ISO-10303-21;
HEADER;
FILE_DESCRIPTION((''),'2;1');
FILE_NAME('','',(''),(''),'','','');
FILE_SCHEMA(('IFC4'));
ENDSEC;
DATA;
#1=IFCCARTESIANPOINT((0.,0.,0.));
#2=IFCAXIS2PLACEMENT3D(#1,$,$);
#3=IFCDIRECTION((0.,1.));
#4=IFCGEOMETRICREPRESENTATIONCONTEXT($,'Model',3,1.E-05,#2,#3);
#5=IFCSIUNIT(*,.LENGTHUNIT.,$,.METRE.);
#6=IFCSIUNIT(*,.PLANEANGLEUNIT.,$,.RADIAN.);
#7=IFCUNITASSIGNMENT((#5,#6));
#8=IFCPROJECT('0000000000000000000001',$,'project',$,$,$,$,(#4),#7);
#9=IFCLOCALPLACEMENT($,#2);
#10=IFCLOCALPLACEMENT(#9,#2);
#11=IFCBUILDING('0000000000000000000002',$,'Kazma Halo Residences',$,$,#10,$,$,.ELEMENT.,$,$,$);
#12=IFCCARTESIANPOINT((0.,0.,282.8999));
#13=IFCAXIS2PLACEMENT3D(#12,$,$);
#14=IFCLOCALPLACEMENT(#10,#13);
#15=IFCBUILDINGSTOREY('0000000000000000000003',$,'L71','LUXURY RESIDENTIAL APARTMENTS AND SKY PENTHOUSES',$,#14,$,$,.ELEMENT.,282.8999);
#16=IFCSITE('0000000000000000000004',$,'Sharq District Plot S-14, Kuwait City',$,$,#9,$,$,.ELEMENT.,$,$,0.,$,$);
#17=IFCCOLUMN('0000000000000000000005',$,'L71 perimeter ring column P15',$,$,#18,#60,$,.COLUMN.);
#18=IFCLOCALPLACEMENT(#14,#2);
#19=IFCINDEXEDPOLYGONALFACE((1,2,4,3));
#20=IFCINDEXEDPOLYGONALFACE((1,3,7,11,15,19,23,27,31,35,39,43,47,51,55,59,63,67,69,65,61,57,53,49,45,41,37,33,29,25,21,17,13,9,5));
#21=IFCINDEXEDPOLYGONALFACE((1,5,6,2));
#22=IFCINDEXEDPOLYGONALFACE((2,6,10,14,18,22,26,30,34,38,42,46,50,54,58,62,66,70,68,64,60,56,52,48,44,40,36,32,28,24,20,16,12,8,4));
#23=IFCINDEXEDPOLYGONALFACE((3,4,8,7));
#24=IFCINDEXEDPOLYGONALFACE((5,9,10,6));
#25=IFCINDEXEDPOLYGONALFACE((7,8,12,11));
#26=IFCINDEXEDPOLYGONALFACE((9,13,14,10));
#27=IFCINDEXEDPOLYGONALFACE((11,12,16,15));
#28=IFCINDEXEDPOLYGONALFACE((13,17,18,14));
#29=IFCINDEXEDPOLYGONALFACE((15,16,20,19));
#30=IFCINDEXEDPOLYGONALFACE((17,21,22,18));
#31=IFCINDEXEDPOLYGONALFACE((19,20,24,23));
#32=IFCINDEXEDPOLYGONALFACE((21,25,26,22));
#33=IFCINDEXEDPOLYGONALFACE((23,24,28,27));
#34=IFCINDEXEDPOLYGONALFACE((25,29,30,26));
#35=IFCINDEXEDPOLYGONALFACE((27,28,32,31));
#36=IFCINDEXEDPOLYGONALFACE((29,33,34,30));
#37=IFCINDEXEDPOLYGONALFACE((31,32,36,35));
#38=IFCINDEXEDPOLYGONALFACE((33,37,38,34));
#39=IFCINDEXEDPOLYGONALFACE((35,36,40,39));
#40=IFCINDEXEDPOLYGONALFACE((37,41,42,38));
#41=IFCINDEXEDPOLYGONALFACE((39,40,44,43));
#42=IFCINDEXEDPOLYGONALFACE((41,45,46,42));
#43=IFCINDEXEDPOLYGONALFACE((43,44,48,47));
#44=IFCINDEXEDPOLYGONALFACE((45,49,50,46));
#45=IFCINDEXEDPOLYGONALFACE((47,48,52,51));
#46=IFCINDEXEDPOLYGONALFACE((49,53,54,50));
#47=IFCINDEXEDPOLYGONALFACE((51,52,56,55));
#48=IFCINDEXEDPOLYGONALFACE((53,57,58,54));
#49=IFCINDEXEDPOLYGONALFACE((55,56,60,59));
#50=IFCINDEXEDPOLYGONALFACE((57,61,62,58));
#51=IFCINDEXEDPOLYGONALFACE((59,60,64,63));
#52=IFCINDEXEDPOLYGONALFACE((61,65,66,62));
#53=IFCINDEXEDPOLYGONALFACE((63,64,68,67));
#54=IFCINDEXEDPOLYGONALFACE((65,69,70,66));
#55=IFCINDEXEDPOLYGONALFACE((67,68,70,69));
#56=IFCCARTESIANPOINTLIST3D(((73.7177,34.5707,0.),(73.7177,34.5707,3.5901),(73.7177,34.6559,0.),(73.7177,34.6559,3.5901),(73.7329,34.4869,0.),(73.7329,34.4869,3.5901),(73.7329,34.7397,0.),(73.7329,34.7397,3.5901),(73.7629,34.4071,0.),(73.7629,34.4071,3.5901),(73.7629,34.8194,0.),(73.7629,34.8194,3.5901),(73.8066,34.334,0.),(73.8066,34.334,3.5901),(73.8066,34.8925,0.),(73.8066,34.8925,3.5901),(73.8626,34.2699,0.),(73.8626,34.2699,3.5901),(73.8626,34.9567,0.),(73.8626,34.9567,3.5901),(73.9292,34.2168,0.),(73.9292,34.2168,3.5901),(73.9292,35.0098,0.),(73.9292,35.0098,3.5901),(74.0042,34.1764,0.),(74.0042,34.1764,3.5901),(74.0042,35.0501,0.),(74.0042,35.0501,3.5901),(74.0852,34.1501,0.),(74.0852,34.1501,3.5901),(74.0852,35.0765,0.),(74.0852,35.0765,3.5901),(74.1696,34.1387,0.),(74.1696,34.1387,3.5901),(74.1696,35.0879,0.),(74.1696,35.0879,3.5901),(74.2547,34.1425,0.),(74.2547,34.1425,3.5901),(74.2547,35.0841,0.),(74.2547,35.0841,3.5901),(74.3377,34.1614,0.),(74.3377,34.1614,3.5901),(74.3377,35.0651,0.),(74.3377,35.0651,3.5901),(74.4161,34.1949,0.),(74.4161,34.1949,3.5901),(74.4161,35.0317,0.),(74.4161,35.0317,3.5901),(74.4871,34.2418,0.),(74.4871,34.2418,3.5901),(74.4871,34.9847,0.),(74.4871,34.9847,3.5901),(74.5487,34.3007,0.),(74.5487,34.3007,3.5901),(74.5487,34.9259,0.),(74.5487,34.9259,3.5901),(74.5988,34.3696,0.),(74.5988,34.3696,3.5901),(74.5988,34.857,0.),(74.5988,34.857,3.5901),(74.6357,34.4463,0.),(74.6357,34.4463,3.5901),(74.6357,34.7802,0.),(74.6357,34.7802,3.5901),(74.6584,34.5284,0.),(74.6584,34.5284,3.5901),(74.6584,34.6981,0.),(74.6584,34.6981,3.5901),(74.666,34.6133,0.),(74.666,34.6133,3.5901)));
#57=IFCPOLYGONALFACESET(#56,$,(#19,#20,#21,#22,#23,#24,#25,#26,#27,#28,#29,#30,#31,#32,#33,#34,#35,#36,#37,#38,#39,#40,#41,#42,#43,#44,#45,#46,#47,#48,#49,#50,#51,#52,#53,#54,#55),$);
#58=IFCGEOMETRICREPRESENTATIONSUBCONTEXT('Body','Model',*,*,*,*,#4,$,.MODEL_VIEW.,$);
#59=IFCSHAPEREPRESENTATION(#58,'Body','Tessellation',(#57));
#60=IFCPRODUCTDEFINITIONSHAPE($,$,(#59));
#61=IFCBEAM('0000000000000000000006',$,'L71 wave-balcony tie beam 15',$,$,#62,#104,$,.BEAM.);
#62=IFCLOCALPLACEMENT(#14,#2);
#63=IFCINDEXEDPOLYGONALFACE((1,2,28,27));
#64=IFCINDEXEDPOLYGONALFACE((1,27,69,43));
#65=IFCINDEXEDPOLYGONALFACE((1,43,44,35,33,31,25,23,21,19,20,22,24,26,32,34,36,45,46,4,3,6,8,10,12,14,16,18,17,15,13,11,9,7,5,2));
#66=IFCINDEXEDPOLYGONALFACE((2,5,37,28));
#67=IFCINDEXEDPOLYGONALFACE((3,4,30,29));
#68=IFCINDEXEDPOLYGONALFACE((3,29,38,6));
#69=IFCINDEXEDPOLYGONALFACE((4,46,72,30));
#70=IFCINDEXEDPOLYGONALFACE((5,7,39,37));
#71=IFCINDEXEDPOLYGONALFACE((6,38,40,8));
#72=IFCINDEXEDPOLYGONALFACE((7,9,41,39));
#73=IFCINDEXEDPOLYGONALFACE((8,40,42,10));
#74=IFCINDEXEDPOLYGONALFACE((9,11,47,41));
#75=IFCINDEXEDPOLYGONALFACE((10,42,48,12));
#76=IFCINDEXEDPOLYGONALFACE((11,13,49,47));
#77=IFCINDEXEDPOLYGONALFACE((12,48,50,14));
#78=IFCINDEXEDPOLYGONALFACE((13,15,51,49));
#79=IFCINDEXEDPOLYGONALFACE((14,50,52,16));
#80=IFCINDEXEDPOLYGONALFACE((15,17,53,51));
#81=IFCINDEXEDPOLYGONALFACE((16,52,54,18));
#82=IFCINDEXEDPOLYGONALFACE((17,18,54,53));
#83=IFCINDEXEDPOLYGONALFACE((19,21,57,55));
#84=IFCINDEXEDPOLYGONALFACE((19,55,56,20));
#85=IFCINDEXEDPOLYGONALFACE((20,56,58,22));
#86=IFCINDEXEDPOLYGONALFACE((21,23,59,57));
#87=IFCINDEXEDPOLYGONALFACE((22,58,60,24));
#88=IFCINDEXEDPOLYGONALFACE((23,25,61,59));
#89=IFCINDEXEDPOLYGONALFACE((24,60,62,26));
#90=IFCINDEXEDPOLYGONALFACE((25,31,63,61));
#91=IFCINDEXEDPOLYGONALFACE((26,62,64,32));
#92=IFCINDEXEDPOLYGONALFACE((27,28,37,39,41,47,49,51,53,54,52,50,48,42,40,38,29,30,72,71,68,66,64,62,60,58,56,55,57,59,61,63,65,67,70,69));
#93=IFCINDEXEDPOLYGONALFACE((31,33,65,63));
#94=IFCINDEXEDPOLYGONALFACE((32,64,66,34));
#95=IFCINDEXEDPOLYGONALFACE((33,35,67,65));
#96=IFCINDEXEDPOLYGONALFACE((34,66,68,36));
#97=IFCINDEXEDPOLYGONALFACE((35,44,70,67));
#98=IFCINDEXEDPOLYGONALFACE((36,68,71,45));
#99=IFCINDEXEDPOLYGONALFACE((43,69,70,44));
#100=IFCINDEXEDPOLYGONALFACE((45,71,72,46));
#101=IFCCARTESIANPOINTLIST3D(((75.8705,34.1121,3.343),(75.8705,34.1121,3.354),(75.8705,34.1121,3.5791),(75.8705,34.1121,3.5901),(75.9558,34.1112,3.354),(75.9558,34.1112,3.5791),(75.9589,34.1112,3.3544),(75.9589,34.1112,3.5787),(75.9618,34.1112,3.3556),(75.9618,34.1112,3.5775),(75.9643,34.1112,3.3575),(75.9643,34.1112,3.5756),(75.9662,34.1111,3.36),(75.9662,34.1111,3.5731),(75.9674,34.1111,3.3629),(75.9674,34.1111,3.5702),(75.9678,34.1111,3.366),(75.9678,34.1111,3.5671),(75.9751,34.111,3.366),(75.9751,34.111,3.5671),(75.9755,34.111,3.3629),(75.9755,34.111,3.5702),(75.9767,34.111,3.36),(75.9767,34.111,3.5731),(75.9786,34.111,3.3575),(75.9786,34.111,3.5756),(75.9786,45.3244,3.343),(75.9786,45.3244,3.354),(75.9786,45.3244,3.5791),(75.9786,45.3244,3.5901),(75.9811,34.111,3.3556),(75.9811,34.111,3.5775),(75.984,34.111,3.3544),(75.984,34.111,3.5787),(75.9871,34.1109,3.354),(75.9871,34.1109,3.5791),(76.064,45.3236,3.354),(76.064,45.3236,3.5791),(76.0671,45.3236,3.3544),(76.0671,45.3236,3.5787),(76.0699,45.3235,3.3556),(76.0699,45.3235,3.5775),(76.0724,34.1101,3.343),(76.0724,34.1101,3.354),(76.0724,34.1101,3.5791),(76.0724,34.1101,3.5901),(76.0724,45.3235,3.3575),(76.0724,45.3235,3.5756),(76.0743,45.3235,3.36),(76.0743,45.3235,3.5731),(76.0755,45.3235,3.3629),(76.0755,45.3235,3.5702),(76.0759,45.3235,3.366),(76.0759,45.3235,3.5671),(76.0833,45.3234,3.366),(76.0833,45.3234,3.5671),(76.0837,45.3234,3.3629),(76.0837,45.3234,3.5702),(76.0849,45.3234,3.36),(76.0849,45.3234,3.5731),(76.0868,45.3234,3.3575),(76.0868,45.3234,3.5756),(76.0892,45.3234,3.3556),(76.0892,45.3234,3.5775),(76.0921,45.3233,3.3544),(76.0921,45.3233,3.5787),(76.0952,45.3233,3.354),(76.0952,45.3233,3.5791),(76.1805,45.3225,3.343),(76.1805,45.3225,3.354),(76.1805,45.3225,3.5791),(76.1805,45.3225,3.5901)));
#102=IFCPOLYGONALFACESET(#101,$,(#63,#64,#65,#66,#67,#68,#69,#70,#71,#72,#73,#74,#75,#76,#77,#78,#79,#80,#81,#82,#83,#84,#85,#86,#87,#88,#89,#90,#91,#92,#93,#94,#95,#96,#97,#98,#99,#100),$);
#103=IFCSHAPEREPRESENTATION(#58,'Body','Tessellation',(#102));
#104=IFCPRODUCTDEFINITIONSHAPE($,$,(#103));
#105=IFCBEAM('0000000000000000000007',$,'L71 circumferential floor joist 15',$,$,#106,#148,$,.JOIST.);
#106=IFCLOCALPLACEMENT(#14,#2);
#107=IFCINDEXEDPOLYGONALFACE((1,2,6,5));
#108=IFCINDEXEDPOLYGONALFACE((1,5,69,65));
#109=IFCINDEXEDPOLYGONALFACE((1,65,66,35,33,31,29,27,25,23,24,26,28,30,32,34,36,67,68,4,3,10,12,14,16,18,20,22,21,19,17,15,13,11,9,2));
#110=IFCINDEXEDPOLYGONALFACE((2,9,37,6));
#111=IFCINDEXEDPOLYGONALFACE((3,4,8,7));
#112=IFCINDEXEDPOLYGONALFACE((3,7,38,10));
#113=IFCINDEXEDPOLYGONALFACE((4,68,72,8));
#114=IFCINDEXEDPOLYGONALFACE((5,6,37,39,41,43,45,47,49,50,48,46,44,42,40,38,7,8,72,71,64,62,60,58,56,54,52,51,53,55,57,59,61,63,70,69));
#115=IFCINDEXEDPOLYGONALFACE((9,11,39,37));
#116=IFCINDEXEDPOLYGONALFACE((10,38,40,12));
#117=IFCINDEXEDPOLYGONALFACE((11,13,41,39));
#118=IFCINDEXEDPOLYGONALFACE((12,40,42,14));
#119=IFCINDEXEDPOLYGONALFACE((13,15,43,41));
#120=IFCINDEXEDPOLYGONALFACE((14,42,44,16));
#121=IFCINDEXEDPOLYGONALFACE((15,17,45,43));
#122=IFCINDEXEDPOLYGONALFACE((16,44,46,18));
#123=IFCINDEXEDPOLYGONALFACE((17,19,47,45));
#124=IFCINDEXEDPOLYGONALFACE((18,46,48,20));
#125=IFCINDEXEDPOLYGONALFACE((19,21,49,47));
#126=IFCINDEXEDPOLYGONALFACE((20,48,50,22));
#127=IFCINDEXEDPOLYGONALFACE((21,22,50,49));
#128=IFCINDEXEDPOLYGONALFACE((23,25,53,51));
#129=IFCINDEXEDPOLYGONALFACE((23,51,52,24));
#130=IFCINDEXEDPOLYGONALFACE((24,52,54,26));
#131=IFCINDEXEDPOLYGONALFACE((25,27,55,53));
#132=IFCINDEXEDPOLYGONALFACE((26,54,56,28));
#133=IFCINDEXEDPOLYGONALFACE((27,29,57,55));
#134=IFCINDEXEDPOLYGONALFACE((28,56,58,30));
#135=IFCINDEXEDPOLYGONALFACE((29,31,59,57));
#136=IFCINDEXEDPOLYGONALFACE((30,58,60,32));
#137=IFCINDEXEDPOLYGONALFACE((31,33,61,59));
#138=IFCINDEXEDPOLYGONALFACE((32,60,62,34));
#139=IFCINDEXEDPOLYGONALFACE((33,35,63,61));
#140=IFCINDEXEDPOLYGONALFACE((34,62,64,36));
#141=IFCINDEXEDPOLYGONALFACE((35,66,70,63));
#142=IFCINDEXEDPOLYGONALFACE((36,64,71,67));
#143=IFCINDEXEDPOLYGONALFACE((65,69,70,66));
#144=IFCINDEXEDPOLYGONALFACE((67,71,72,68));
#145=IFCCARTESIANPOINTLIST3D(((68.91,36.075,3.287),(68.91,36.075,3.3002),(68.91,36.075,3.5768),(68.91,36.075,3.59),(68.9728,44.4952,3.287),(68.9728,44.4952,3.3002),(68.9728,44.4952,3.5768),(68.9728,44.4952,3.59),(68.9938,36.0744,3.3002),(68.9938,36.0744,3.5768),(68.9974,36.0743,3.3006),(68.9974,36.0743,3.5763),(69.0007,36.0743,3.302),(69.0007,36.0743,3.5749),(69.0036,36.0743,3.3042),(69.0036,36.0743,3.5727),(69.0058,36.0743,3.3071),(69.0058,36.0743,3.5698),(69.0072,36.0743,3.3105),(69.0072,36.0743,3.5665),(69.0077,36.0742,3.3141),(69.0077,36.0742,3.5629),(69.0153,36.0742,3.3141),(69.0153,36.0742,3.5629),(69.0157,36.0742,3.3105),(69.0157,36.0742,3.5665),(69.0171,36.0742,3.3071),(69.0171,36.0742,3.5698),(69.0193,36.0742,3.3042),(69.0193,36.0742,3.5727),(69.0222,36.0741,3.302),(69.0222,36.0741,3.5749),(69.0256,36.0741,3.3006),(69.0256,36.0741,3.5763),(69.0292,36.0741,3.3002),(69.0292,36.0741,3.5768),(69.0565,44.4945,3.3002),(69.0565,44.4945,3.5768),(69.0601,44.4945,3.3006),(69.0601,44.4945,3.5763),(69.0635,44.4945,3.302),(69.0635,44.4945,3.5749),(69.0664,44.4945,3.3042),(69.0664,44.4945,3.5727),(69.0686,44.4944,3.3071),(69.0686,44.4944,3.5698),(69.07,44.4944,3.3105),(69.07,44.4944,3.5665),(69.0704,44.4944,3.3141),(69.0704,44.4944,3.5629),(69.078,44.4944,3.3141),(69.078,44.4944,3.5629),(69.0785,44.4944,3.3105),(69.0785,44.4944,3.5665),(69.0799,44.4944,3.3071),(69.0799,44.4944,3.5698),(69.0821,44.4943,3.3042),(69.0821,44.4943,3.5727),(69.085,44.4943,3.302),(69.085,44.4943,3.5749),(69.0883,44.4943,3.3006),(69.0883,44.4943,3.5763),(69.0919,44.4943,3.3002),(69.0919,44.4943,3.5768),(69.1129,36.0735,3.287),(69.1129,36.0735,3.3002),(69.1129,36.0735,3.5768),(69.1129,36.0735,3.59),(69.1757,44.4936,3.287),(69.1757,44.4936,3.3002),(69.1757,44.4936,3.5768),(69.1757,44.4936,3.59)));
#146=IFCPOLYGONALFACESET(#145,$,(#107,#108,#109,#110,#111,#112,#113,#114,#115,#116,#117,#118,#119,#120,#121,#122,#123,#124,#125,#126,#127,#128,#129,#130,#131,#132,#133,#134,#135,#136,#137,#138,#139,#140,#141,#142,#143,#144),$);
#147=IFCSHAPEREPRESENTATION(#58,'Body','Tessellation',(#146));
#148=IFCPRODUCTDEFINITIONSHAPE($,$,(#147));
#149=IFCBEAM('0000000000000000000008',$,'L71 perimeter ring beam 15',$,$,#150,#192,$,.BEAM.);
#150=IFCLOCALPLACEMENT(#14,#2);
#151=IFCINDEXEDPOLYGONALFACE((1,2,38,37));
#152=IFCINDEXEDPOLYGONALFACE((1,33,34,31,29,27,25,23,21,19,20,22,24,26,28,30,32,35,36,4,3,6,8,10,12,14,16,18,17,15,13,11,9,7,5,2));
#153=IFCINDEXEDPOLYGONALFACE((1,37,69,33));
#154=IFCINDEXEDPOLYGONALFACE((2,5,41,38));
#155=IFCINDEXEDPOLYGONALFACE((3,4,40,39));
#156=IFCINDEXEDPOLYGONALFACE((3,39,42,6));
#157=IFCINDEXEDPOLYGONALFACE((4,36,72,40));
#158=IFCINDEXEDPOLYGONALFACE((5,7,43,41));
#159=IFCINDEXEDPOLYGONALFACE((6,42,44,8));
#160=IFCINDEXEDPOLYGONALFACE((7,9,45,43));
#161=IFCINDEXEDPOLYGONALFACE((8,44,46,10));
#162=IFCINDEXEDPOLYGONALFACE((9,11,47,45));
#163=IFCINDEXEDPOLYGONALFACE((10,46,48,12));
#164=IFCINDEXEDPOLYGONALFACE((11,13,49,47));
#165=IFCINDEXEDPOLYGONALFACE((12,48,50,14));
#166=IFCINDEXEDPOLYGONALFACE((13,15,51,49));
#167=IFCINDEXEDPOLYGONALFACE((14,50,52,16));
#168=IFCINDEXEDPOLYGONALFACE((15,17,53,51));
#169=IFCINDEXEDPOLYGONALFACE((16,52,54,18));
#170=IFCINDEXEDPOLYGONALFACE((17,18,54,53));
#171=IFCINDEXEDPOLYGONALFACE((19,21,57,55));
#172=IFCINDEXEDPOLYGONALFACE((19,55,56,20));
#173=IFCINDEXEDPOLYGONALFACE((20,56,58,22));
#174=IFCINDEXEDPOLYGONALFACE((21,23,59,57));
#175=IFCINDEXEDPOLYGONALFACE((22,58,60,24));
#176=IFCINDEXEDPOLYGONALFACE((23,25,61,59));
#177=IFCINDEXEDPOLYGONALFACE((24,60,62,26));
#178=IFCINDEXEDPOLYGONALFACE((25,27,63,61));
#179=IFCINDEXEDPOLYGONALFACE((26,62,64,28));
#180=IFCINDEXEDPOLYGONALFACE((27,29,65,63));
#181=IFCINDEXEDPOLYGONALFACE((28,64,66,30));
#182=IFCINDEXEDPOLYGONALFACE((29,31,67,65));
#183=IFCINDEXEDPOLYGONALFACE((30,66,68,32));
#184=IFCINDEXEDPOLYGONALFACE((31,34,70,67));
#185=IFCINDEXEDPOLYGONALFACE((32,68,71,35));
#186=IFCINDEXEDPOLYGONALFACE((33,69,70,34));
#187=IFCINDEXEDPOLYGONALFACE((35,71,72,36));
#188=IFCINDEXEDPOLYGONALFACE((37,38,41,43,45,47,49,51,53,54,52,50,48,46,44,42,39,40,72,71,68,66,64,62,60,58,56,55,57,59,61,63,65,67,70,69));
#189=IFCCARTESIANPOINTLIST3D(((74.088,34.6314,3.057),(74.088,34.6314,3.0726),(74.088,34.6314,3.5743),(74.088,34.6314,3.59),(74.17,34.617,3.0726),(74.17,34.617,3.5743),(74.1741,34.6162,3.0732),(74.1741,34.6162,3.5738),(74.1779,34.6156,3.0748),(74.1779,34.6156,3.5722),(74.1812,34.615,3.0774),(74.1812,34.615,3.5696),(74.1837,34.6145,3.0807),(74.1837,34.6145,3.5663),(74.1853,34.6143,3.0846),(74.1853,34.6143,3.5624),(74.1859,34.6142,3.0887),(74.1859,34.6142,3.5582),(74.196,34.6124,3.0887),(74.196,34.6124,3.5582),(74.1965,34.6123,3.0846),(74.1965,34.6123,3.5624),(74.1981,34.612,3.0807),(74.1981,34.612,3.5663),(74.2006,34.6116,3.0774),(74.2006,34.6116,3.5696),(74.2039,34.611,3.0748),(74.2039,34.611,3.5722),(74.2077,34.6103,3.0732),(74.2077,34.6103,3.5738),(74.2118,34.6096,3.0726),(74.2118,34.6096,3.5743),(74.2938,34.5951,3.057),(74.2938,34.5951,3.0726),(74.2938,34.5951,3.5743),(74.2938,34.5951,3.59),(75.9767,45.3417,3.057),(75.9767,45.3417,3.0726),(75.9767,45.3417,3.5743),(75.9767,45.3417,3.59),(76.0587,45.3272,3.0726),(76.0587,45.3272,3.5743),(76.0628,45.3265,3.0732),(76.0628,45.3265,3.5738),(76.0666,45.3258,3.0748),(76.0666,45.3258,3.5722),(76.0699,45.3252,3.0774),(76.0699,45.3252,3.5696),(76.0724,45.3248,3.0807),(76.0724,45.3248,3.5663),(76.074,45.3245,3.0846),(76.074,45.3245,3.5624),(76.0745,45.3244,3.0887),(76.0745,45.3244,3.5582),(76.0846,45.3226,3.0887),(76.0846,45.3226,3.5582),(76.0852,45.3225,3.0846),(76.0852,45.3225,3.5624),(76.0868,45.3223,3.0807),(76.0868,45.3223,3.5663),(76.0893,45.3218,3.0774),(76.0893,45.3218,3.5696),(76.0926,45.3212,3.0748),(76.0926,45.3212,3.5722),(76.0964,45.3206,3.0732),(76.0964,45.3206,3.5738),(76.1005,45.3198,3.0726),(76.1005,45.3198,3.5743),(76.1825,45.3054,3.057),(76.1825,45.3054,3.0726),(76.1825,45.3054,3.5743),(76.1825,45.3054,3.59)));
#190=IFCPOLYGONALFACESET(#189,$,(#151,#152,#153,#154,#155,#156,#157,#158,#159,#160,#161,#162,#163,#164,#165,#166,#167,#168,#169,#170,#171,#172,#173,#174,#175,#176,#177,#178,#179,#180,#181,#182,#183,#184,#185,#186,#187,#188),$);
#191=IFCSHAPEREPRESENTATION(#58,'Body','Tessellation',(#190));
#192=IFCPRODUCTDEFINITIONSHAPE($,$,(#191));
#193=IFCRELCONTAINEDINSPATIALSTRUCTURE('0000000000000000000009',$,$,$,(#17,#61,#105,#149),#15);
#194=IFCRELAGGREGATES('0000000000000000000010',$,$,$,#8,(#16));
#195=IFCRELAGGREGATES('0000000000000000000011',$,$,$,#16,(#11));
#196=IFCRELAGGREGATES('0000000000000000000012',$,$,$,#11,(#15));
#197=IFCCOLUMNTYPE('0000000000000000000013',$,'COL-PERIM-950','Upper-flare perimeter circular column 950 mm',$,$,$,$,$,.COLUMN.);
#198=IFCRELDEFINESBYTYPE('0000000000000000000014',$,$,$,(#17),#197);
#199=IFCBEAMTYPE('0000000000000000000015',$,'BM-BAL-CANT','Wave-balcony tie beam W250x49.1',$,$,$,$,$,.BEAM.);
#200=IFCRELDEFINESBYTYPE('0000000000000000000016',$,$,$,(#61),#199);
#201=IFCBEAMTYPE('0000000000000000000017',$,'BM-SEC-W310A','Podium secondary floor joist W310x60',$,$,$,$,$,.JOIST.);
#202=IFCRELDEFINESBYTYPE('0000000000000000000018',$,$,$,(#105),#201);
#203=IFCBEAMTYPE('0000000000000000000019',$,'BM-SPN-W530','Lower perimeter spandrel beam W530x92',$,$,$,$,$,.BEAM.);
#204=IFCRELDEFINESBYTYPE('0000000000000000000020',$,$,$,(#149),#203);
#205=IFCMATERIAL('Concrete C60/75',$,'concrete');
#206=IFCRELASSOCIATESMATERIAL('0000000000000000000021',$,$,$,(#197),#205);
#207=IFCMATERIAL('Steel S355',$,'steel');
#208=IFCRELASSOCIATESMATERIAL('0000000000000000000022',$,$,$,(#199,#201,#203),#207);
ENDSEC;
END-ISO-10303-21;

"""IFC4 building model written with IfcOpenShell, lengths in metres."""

from ifc_helpers import new_model, si_unit, direction, frame, origin, origin_2d, place, context, subcontext, project, spatial, circle, i_section, extrude, material, material_profile, profile_set, type_object, element, save


model = new_model("IFC4")

# Units and contexts
model_context = context("Model", 3, precision=1e-05, world=origin(), true_north=direction((0.0, 1.0)))
body_context = subcontext(model_context, "Body", "Model", "MODEL_VIEW")
ifc_project = project(units=[si_unit("LENGTHUNIT", "METRE"), si_unit("PLANEANGLEUNIT", "RADIAN")], contexts=[model_context])

# Site, building, storey
site_placement = place(None, origin())
site = spatial("IfcSite", under=ifc_project, at=site_placement, Name="Sharq District Plot S-14, Kuwait City", CompositionType="ELEMENT", RefElevation=0.0)
building_placement = place(site_placement, origin())
building = spatial("IfcBuilding", under=site, at=building_placement, Name="Kazma Halo Residences", CompositionType="ELEMENT")
storey_placement = place(building_placement, frame((0.0, 0.0, 282.8999)))
storey = spatial("IfcBuildingStorey", under=building, at=storey_placement, Name="L71", Description="LUXURY RESIDENTIAL APARTMENTS AND SKY PENTHOUSES", CompositionType="ELEMENT", Elevation=282.8999)

# Column
ifc_material_1 = material(Name="Concrete C60/75", Category="concrete")
ifc_material_profile_1 = material_profile(ifc_material_1, circle(Radius=0.4751, at=origin_2d()), Name="CIRC950")
ifc_profile_set_1 = profile_set([ifc_material_profile_1], Name="Concrete C60/75")
column_type = type_object("IfcColumnType", Name="COL-PERIM-950", Description="Upper-flare perimeter circular column 950 mm", PredefinedType="COLUMN", material=ifc_profile_set_1)
column_placement = place(storey_placement, frame((74.1909, 34.6133, 0.0), z_axis=(0.0, 0.0, 1.0), x_axis=(1.0, 0.0, 0.0)))
element("IfcColumn", 1, at=column_placement, inside=storey, type_object=column_type, Name="L71 perimeter ring column P15", PredefinedType="COLUMN", context=body_context, shape_type="SweptSolid", body=[
    extrude(circle(Radius=0.4751, at=origin_2d()), origin(), (0.0, 0.0, 1.0), 3.5901),
])

# Beams
ifc_material_2 = material(Name="Steel S355", Category="steel")
ifc_material_profile_2 = material_profile(ifc_material_2, i_section(OverallWidth=0.2019, OverallDepth=0.2471, WebThickness=0.0073, FlangeThickness=0.011, FilletRadius=0.012, at=origin_2d()), Name="W250x49.1")
ifc_profile_set_2 = profile_set([ifc_material_profile_2], Name="Steel S355")
beam_type_1 = type_object("IfcBeamType", Name="BM-BAL-CANT", Description="Wave-balcony tie beam W250x49.1", PredefinedType="BEAM", material=ifc_profile_set_2)
beam_1_placement = place(storey_placement, frame((75.9714, 34.1111, 3.4666), z_axis=(0.009646, 0.999953, 0.0), x_axis=(-0.999953, 0.009646, 0.0)))
element("IfcBeam", 2, at=beam_1_placement, inside=storey, type_object=beam_type_1, Name="L71 wave-balcony tie beam 15", PredefinedType="BEAM", context=body_context, shape_type="SweptSolid", body=[
    extrude(i_section(OverallWidth=0.2019, OverallDepth=0.2471, WebThickness=0.0073, FlangeThickness=0.011, FilletRadius=0.012, at=origin_2d()), origin(), (0.0, 0.0, 1.0), 11.2129),
])
ifc_material_profile_3 = material_profile(ifc_material_2, i_section(OverallWidth=0.2029, OverallDepth=0.303, WebThickness=0.0076, FlangeThickness=0.0132, FilletRadius=0.0139, at=origin_2d()), Name="W310x60")
ifc_profile_set_3 = profile_set([ifc_material_profile_3], Name="Steel S355")
beam_type_2 = type_object("IfcBeamType", Name="BM-SEC-W310A", Description="Podium secondary floor joist W310x60", PredefinedType="JOIST", material=ifc_profile_set_3)
beam_2_placement = place(storey_placement, frame((69.0115, 36.0742, 3.4385), z_axis=(0.007451, 0.999972, 0.0), x_axis=(-0.999972, 0.007451, 0.0)))
element("IfcBeam", 3, at=beam_2_placement, inside=storey, type_object=beam_type_2, Name="L71 circumferential floor joist 15", PredefinedType="JOIST", context=body_context, shape_type="SweptSolid", body=[
    extrude(i_section(OverallWidth=0.2029, OverallDepth=0.303, WebThickness=0.0076, FlangeThickness=0.0132, FilletRadius=0.0139, at=origin_2d()), origin(), (0.0, 0.0, 1.0), 8.4204),
])
ifc_material_profile_4 = material_profile(ifc_material_2, i_section(OverallWidth=0.209, OverallDepth=0.533, WebThickness=0.0103, FlangeThickness=0.0156, FilletRadius=0.0161, at=origin_2d()), Name="W530x92")
ifc_profile_set_4 = profile_set([ifc_material_profile_4], Name="Steel S355")
beam_type_3 = type_object("IfcBeamType", Name="BM-SPN-W530", Description="Lower perimeter spandrel beam W530x92", PredefinedType="BEAM", material=ifc_profile_set_4)
beam_3_placement = place(storey_placement, frame((74.1909, 34.6133, 3.3235), z_axis=(0.173664, 0.984805, 0.0), x_axis=(-0.984805, 0.173664, 0.0)))
element("IfcBeam", 4, at=beam_3_placement, inside=storey, type_object=beam_type_3, Name="L71 perimeter ring beam 15", PredefinedType="BEAM", context=body_context, shape_type="SweptSolid", body=[
    extrude(i_section(OverallWidth=0.209, OverallDepth=0.533, WebThickness=0.0103, FlangeThickness=0.0156, FilletRadius=0.0161, at=origin_2d()), origin(), (0.0, 0.0, 1.0), 10.8755),
])

save(model, "model.ifc")
